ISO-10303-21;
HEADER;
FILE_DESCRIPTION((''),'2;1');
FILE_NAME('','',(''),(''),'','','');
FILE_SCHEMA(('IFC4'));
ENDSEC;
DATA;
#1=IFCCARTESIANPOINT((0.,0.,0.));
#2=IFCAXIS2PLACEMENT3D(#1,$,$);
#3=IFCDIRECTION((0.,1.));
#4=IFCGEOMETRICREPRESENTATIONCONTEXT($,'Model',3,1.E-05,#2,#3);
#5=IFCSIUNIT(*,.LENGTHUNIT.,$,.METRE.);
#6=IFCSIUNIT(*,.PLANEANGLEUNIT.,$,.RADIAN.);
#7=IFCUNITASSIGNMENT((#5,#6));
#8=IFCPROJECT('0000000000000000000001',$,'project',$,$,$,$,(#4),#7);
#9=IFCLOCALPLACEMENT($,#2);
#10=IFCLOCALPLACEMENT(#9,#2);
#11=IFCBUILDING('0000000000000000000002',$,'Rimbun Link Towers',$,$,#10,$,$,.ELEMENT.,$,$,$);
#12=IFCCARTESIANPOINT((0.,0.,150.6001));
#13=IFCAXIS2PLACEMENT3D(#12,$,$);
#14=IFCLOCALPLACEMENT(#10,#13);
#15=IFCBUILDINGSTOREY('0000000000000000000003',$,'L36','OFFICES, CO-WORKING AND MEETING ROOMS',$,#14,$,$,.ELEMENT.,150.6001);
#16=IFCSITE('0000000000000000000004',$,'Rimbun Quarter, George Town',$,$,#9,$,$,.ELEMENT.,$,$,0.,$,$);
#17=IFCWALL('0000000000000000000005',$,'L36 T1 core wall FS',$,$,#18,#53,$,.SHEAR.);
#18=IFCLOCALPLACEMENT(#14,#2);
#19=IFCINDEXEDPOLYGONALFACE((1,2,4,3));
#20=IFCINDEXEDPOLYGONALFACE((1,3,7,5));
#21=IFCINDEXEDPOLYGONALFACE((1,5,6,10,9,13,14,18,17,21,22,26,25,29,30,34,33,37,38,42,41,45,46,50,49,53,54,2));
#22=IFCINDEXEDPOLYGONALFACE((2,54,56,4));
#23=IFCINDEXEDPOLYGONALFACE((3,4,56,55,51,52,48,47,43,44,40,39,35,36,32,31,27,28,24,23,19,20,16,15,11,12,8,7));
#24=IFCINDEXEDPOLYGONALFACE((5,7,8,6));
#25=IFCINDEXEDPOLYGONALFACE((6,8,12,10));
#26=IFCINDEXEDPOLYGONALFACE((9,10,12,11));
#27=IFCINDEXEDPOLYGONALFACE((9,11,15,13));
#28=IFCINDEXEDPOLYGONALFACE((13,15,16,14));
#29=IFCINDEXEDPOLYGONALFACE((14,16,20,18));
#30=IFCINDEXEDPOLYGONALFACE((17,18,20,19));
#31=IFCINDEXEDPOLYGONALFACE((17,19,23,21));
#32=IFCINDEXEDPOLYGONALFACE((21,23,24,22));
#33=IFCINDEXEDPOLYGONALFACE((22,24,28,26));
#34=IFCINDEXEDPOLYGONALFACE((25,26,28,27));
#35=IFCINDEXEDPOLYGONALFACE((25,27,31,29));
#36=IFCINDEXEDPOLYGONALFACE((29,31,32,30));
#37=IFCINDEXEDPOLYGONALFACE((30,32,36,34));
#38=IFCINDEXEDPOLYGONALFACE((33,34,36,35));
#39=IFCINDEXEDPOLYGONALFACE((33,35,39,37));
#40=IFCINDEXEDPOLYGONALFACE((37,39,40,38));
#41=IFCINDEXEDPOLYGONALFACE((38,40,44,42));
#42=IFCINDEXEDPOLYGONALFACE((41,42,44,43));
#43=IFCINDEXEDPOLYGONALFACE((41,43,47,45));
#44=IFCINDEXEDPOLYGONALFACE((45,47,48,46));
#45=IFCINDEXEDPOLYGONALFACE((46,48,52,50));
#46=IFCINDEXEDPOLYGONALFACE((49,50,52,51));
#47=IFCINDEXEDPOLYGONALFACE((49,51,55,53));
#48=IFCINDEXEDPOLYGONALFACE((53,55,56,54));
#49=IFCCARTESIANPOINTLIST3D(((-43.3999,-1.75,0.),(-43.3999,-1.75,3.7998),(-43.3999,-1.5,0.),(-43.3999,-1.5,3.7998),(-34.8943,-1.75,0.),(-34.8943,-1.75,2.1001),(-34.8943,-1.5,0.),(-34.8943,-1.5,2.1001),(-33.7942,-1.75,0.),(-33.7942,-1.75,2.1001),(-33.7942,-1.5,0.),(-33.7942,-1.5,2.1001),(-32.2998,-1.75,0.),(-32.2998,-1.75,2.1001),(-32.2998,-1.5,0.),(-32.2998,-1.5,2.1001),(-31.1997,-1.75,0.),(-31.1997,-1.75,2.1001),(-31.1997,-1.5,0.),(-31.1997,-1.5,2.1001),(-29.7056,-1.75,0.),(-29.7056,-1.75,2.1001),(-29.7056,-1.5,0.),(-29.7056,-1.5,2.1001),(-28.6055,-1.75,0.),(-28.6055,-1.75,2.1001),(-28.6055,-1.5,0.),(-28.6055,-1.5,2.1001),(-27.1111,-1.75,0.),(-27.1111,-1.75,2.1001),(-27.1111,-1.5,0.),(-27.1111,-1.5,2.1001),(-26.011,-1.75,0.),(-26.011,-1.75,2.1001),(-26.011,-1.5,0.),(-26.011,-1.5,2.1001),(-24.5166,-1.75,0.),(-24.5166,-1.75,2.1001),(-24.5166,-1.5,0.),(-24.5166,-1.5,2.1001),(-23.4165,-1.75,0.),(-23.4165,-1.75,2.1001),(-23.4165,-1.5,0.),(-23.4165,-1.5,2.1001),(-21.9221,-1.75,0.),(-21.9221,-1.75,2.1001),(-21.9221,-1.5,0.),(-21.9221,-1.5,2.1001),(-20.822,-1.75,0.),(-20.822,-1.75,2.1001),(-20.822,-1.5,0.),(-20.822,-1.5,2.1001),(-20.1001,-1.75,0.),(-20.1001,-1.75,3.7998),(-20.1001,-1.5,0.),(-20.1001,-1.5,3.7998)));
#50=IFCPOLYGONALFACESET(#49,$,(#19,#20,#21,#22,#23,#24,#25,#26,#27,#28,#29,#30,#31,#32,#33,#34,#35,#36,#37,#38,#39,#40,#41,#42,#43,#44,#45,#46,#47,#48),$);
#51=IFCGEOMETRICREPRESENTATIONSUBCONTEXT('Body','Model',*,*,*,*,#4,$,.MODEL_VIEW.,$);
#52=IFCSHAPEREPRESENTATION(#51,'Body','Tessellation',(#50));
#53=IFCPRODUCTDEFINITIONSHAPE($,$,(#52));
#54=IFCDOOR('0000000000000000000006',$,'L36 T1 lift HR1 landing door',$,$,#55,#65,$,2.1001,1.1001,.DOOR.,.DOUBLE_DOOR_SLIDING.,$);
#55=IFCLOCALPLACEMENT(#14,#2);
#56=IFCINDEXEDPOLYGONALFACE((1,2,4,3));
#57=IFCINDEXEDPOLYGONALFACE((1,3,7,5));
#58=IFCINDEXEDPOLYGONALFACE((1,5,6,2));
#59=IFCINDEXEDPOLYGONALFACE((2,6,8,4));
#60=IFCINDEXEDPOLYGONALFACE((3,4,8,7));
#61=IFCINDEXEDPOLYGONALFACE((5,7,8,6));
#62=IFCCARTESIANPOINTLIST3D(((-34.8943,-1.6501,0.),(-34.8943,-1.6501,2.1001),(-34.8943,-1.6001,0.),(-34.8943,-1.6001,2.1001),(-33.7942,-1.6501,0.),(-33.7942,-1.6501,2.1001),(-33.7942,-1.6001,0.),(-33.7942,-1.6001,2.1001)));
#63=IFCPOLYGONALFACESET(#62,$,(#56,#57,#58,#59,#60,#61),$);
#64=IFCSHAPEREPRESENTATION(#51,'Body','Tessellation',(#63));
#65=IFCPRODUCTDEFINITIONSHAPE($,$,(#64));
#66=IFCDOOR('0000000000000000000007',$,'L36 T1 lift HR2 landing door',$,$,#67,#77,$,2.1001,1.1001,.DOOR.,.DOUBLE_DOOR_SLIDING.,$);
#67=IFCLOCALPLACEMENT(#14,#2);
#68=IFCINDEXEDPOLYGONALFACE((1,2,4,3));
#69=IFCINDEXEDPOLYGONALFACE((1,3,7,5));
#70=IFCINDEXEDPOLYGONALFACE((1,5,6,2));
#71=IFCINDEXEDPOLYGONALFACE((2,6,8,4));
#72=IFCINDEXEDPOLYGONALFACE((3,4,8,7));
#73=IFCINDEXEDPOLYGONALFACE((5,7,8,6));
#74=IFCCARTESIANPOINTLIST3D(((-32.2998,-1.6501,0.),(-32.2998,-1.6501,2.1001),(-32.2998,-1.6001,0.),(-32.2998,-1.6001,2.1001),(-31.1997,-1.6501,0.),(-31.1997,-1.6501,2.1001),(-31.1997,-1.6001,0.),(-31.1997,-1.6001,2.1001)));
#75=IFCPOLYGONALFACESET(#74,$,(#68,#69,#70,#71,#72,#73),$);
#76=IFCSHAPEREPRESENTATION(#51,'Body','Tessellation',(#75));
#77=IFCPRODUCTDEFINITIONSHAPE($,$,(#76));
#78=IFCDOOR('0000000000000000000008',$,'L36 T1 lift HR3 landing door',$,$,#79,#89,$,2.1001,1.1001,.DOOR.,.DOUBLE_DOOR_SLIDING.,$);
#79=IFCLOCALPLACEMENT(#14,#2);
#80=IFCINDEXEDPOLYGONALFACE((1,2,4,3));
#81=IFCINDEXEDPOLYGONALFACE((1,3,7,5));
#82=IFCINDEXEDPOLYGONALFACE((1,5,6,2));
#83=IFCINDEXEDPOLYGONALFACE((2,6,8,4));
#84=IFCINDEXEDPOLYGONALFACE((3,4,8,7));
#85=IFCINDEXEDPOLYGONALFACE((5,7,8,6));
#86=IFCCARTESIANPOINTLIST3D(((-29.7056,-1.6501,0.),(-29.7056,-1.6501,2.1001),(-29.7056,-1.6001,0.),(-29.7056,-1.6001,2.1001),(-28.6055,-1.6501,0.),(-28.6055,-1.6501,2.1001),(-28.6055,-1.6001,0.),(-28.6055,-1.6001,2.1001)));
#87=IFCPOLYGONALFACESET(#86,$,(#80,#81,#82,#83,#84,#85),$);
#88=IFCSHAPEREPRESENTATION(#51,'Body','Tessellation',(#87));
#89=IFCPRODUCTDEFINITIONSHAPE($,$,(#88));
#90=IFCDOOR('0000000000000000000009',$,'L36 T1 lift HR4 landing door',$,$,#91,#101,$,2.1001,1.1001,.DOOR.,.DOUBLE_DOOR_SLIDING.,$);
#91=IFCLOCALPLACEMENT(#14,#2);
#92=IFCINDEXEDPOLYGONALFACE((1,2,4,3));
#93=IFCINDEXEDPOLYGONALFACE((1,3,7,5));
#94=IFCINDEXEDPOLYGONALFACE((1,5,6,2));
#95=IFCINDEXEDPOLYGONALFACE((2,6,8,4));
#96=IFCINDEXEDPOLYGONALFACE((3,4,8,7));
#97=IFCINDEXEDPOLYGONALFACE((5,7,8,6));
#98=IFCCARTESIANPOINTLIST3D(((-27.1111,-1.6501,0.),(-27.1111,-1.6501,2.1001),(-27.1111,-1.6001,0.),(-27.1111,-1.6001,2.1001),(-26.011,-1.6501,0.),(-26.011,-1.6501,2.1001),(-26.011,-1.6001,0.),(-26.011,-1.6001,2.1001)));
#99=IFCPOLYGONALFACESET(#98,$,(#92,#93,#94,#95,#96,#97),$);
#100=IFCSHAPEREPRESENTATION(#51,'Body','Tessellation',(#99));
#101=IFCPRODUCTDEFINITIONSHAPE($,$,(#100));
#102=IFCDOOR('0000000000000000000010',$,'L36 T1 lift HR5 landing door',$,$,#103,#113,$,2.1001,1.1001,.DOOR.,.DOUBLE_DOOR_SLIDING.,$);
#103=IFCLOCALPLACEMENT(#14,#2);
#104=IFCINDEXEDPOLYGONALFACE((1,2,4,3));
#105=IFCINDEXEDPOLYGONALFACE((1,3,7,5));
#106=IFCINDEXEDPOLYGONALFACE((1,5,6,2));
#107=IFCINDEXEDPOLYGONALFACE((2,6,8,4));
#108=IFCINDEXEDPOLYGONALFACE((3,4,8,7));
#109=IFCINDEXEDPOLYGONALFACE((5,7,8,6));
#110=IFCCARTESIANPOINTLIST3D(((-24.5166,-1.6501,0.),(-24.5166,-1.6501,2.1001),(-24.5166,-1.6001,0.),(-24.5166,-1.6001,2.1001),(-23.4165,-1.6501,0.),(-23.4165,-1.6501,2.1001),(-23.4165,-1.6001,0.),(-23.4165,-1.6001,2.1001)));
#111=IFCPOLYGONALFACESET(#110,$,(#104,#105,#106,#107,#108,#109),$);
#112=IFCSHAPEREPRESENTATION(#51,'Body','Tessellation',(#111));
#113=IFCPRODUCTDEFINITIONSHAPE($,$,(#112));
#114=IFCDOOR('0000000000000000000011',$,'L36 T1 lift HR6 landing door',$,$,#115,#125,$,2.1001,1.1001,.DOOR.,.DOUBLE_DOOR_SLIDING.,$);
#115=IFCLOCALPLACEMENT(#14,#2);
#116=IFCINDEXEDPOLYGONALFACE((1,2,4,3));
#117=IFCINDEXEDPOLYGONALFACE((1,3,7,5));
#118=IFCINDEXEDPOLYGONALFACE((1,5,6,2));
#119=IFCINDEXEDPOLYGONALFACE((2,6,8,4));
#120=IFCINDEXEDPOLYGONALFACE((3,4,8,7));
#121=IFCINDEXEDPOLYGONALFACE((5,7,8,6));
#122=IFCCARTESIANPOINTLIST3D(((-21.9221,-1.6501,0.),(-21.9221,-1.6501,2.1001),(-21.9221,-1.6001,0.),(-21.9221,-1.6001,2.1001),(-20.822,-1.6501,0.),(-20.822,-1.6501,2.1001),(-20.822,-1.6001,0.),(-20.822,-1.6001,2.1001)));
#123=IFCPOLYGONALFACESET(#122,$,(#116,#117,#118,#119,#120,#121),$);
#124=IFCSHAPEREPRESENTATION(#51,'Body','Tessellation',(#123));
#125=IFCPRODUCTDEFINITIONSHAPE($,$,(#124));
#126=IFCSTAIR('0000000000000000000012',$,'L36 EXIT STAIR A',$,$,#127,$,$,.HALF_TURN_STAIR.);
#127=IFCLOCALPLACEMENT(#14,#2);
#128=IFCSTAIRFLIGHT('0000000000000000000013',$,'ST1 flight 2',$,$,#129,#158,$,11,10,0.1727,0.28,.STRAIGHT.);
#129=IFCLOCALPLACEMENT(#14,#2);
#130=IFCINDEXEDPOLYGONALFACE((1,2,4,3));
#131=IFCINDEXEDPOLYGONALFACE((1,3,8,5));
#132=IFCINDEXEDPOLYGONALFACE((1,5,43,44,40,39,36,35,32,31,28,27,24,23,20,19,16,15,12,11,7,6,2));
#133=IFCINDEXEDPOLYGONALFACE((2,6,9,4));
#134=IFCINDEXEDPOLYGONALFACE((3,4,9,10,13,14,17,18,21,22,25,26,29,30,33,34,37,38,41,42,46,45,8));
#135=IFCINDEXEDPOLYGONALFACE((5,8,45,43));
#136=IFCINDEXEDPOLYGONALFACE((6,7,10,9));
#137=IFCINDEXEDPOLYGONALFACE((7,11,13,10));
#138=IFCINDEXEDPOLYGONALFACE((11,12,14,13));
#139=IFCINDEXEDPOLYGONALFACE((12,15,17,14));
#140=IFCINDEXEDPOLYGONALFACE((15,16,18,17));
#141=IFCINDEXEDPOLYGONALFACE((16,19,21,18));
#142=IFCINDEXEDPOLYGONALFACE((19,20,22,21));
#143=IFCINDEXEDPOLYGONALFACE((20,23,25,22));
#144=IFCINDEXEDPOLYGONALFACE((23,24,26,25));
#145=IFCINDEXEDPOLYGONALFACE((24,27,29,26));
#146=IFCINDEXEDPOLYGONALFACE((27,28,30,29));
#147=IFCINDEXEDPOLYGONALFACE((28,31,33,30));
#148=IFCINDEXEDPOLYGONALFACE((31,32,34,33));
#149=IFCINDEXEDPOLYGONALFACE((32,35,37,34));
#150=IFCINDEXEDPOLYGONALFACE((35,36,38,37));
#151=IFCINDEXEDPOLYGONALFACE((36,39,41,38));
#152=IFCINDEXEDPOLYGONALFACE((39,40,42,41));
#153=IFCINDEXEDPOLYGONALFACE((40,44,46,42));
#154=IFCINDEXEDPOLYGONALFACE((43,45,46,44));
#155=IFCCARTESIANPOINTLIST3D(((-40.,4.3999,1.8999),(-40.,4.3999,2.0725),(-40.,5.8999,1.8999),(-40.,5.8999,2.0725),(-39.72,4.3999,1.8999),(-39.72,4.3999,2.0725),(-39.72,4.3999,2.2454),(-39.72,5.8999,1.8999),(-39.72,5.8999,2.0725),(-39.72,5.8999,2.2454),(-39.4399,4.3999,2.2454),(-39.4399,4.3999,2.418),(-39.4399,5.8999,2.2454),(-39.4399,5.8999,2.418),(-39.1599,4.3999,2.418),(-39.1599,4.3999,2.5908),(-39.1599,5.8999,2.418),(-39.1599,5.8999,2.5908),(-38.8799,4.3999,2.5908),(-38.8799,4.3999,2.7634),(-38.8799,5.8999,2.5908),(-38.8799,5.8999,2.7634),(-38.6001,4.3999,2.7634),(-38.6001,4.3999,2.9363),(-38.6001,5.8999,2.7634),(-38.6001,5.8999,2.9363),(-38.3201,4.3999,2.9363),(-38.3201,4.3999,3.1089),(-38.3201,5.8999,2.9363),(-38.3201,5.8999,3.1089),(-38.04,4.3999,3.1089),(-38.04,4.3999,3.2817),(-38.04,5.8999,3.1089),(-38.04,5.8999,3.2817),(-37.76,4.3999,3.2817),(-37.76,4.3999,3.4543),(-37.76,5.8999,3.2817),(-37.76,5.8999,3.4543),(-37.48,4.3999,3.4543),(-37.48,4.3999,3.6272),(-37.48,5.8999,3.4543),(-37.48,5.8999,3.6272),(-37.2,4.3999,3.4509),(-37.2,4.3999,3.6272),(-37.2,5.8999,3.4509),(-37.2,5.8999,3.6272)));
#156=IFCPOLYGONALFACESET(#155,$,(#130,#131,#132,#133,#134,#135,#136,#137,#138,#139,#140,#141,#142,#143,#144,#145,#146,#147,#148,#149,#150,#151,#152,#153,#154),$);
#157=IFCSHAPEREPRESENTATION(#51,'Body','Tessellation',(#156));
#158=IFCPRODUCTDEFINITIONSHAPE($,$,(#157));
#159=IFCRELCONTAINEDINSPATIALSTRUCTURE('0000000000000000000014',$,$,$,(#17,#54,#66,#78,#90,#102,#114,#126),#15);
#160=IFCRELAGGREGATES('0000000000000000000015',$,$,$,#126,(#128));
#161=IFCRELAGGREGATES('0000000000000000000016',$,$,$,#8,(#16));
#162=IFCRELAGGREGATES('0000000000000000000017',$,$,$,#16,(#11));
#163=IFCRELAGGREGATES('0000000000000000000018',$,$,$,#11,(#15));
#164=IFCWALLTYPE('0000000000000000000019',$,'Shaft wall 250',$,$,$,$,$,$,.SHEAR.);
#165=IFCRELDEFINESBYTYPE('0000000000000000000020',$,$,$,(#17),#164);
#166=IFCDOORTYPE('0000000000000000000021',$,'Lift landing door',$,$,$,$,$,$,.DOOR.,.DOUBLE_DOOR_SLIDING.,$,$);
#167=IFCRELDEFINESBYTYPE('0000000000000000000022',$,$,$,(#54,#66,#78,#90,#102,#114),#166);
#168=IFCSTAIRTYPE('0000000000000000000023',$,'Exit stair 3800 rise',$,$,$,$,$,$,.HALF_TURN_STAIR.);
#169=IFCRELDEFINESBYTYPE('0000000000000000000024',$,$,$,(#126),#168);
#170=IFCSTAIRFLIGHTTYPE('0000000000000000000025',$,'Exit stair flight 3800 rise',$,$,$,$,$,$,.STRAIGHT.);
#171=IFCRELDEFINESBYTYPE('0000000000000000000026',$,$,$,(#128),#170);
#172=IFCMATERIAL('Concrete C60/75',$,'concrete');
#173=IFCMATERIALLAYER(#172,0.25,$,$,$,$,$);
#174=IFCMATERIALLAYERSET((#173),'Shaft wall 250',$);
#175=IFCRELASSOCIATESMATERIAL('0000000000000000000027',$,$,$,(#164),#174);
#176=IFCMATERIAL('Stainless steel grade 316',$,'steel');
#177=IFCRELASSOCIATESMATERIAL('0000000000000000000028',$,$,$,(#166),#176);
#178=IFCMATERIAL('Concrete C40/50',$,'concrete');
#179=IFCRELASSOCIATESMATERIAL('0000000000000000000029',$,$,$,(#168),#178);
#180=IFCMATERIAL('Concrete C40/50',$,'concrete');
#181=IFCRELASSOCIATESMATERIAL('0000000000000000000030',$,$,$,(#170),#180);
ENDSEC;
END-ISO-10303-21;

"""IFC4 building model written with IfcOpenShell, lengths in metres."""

from ifc_helpers import new_model, si_unit, direction, frame, frame_2d, origin, place, context, subcontext, project, spatial, polyline, rectangle, outline, extrude, material, layer, layer_set, type_object, element, fill, aggregate, save


model = new_model("IFC4")

# Units and contexts
model_context = context("Model", 3, precision=1e-05, world=origin(), true_north=direction((0.0, 1.0)))
body_context = subcontext(model_context, "Body", "Model", "MODEL_VIEW")
ifc_project = project(units=[si_unit("LENGTHUNIT", "METRE"), si_unit("PLANEANGLEUNIT", "RADIAN")], contexts=[model_context])

# Site, building, storey
site_placement = place(None, origin())
site = spatial("IfcSite", under=ifc_project, at=site_placement, Name="Rimbun Quarter, George Town", CompositionType="ELEMENT", RefElevation=0.0)
building_placement = place(site_placement, origin())
building = spatial("IfcBuilding", under=site, at=building_placement, Name="Rimbun Link Towers", CompositionType="ELEMENT")
storey_placement = place(building_placement, frame((0.0, 0.0, 150.6001)))
storey = spatial("IfcBuildingStorey", under=building, at=storey_placement, Name="L36", Description="OFFICES, CO-WORKING AND MEETING ROOMS", CompositionType="ELEMENT", Elevation=150.6001)

# Shared definitions
ifc_material_1 = material(Name="Concrete C60/75", Category="concrete")
ifc_layer_1 = layer(ifc_material_1, 0.25)
ifc_layer_set_1 = layer_set([ifc_layer_1], Name="Shaft wall 250")
wall_type_1 = type_object("IfcWallType", Name="Shaft wall 250", PredefinedType="SHEAR", material=ifc_layer_set_1)

# Wall, openings, doors
wall_1_placement = place(storey_placement, frame((-43.3999, -1.625, 0.0), z_axis=(0.0, 0.0, 1.0), x_axis=(1.0, 0.0, 0.0)))
wall_1 = element("IfcWall", 1, at=wall_1_placement, inside=storey, type_object=wall_type_1, Name="L36 T1 core wall FS", PredefinedType="SHEAR", context=body_context, shape_type="SweptSolid", body=[
    extrude(rectangle(XDim=23.2998, YDim=0.25, at=frame_2d((11.6499, 0.0))), origin(), (0.0, 0.0, 1.0), 3.7998),
])
opening_1_placement = place(wall_1_placement, frame((8.5056, 0.0, 0.0)))
opening_1 = element("IfcOpeningElement", 2, at=opening_1_placement, cuts=wall_1, PredefinedType="OPENING", context=body_context, shape_type="SweptSolid", body=[
    extrude(rectangle(XDim=1.1001, YDim=2.1001, at=frame_2d((0.55, 1.05))), frame((0.0, 0.135, 0.0), z_axis=(0.0, -1.0, 0.0), x_axis=(1.0, 0.0, 0.0)), (0.0, 0.0, 1.0), 0.27),
])
opening_2_placement = place(wall_1_placement, frame((11.1001, 0.0, 0.0)))
opening_2 = element("IfcOpeningElement", 3, at=opening_2_placement, cuts=wall_1, PredefinedType="OPENING", context=body_context, shape_type="SweptSolid", body=[
    extrude(rectangle(XDim=1.1001, YDim=2.1001, at=frame_2d((0.55, 1.05))), frame((0.0, 0.135, 0.0), z_axis=(0.0, -1.0, 0.0), x_axis=(1.0, 0.0, 0.0)), (0.0, 0.0, 1.0), 0.27),
])
opening_3_placement = place(wall_1_placement, frame((13.6943, 0.0, 0.0)))
opening_3 = element("IfcOpeningElement", 4, at=opening_3_placement, cuts=wall_1, PredefinedType="OPENING", context=body_context, shape_type="SweptSolid", body=[
    extrude(rectangle(XDim=1.1001, YDim=2.1001, at=frame_2d((0.55, 1.05))), frame((0.0, 0.135, 0.0), z_axis=(0.0, -1.0, 0.0), x_axis=(1.0, 0.0, 0.0)), (0.0, 0.0, 1.0), 0.27),
])
opening_4_placement = place(wall_1_placement, frame((16.2888, 0.0, 0.0)))
opening_4 = element("IfcOpeningElement", 5, at=opening_4_placement, cuts=wall_1, PredefinedType="OPENING", context=body_context, shape_type="SweptSolid", body=[
    extrude(rectangle(XDim=1.1001, YDim=2.1001, at=frame_2d((0.55, 1.05))), frame((0.0, 0.135, 0.0), z_axis=(0.0, -1.0, 0.0), x_axis=(1.0, 0.0, 0.0)), (0.0, 0.0, 1.0), 0.27),
])
opening_5_placement = place(wall_1_placement, frame((18.8833, 0.0, 0.0)))
opening_5 = element("IfcOpeningElement", 6, at=opening_5_placement, cuts=wall_1, PredefinedType="OPENING", context=body_context, shape_type="SweptSolid", body=[
    extrude(rectangle(XDim=1.1001, YDim=2.1001, at=frame_2d((0.55, 1.05))), frame((0.0, 0.135, 0.0), z_axis=(0.0, -1.0, 0.0), x_axis=(1.0, 0.0, 0.0)), (0.0, 0.0, 1.0), 0.27),
])
opening_6_placement = place(wall_1_placement, frame((21.4778, 0.0, 0.0)))
opening_6 = element("IfcOpeningElement", 7, at=opening_6_placement, cuts=wall_1, PredefinedType="OPENING", context=body_context, shape_type="SweptSolid", body=[
    extrude(rectangle(XDim=1.1001, YDim=2.1001, at=frame_2d((0.55, 1.05))), frame((0.0, 0.135, 0.0), z_axis=(0.0, -1.0, 0.0), x_axis=(1.0, 0.0, 0.0)), (0.0, 0.0, 1.0), 0.27),
])
ifc_material_2 = material(Name="Stainless steel grade 316", Category="steel")
door_type_1 = type_object("IfcDoorType", Name="Lift landing door", OperationType="DOUBLE_DOOR_SLIDING", PredefinedType="DOOR", material=ifc_material_2)
door_1_placement = place(opening_1_placement, origin())
door_1 = element("IfcDoor", 8, at=door_1_placement, inside=storey, type_object=door_type_1, Name="L36 T1 lift HR1 landing door", OperationType="DOUBLE_DOOR_SLIDING", OverallHeight=2.1001, OverallWidth=1.1001, PredefinedType="DOOR", context=body_context, shape_type="SweptSolid", body=[
    extrude(rectangle(XDim=1.1001, YDim=2.1001, at=frame_2d((0.55, 1.05))), frame((0.0, 0.0249, 0.0), z_axis=(0.0, -1.0, 0.0), x_axis=(1.0, 0.0, 0.0)), (0.0, 0.0, 1.0), 0.05),
])
fill(opening_1, door_1)
door_2_placement = place(opening_2_placement, origin())
door_2 = element("IfcDoor", 9, at=door_2_placement, inside=storey, type_object=door_type_1, Name="L36 T1 lift HR2 landing door", OperationType="DOUBLE_DOOR_SLIDING", OverallHeight=2.1001, OverallWidth=1.1001, PredefinedType="DOOR", context=body_context, shape_type="SweptSolid", body=[
    extrude(rectangle(XDim=1.1001, YDim=2.1001, at=frame_2d((0.55, 1.05))), frame((0.0, 0.0249, 0.0), z_axis=(0.0, -1.0, 0.0), x_axis=(1.0, 0.0, 0.0)), (0.0, 0.0, 1.0), 0.05),
])
fill(opening_2, door_2)
door_3_placement = place(opening_3_placement, origin())
door_3 = element("IfcDoor", 10, at=door_3_placement, inside=storey, type_object=door_type_1, Name="L36 T1 lift HR3 landing door", OperationType="DOUBLE_DOOR_SLIDING", OverallHeight=2.1001, OverallWidth=1.1001, PredefinedType="DOOR", context=body_context, shape_type="SweptSolid", body=[
    extrude(rectangle(XDim=1.1001, YDim=2.1001, at=frame_2d((0.55, 1.05))), frame((0.0, 0.0249, 0.0), z_axis=(0.0, -1.0, 0.0), x_axis=(1.0, 0.0, 0.0)), (0.0, 0.0, 1.0), 0.05),
])
fill(opening_3, door_3)
door_4_placement = place(opening_4_placement, origin())
door_4 = element("IfcDoor", 11, at=door_4_placement, inside=storey, type_object=door_type_1, Name="L36 T1 lift HR4 landing door", OperationType="DOUBLE_DOOR_SLIDING", OverallHeight=2.1001, OverallWidth=1.1001, PredefinedType="DOOR", context=body_context, shape_type="SweptSolid", body=[
    extrude(rectangle(XDim=1.1001, YDim=2.1001, at=frame_2d((0.55, 1.05))), frame((0.0, 0.0249, 0.0), z_axis=(0.0, -1.0, 0.0), x_axis=(1.0, 0.0, 0.0)), (0.0, 0.0, 1.0), 0.05),
])
fill(opening_4, door_4)
door_5_placement = place(opening_5_placement, origin())
door_5 = element("IfcDoor", 12, at=door_5_placement, inside=storey, type_object=door_type_1, Name="L36 T1 lift HR5 landing door", OperationType="DOUBLE_DOOR_SLIDING", OverallHeight=2.1001, OverallWidth=1.1001, PredefinedType="DOOR", context=body_context, shape_type="SweptSolid", body=[
    extrude(rectangle(XDim=1.1001, YDim=2.1001, at=frame_2d((0.55, 1.05))), frame((0.0, 0.0249, 0.0), z_axis=(0.0, -1.0, 0.0), x_axis=(1.0, 0.0, 0.0)), (0.0, 0.0, 1.0), 0.05),
])
fill(opening_5, door_5)
door_6_placement = place(opening_6_placement, origin())
door_6 = element("IfcDoor", 13, at=door_6_placement, inside=storey, type_object=door_type_1, Name="L36 T1 lift HR6 landing door", OperationType="DOUBLE_DOOR_SLIDING", OverallHeight=2.1001, OverallWidth=1.1001, PredefinedType="DOOR", context=body_context, shape_type="SweptSolid", body=[
    extrude(rectangle(XDim=1.1001, YDim=2.1001, at=frame_2d((0.55, 1.05))), frame((0.0, 0.0249, 0.0), z_axis=(0.0, -1.0, 0.0), x_axis=(1.0, 0.0, 0.0)), (0.0, 0.0, 1.0), 0.05),
])
fill(opening_6, door_6)

# Stair, stair flight
ifc_material_3 = material(Name="Concrete C40/50", Category="concrete")
stair_type = type_object("IfcStairType", Name="Exit stair 3800 rise", PredefinedType="HALF_TURN_STAIR", material=ifc_material_3)
stair_placement = place(storey_placement, origin())
stair = element("IfcStair", 14, at=stair_placement, inside=storey, type_object=stair_type, Name="L36 EXIT STAIR A", PredefinedType="HALF_TURN_STAIR")
ifc_material_4 = material(Name="Concrete C40/50", Category="concrete")
stair_flight_type = type_object("IfcStairFlightType", Name="Exit stair flight 3800 rise", PredefinedType="STRAIGHT", material=ifc_material_4)
stair_flight_placement = place(storey_placement, frame((-40.0, 5.1499, 1.8999), z_axis=(0.0, 0.0, 1.0), x_axis=(1.0, 0.0, 0.0)))
stair_flight = element("IfcStairFlight", 15, at=stair_flight_placement, type_object=stair_flight_type, Name="ST1 flight 2", NumberOfRisers=11, NumberOfTreads=10, PredefinedType="STRAIGHT", RiserHeight=0.1727, TreadLength=0.28, context=body_context, shape_type="SweptSolid", body=[
    extrude(outline(polyline([(0.0, 0.0), (0.0, 0.1726), (0.28, 0.1726), (0.28, 0.3455), (0.5601, 0.3455), (0.5601, 0.5181), (0.8401, 0.5181), (0.8401, 0.6909), (1.1201, 0.6909), (1.1201, 0.8635), (1.3999, 0.8635), (1.3999, 1.0364), (1.6799, 1.0364), (1.6799, 1.209), (1.96, 1.209), (1.96, 1.3818), (2.24, 1.3818), (2.24, 1.5544), (2.52, 1.5544), (2.52, 1.7273), (2.8, 1.7273), (2.8, 1.8999), (2.8, 1.551), (0.28, 0.0), (0.0, 0.0)])), frame((0.0, 0.75, 0.0), z_axis=(0.0, -1.0, 0.0), x_axis=(1.0, 0.0, 0.0)), (0.0, 0.0, 1.0), 1.5),
])
aggregate(stair, [stair_flight])

save(model, "model.ifc")
